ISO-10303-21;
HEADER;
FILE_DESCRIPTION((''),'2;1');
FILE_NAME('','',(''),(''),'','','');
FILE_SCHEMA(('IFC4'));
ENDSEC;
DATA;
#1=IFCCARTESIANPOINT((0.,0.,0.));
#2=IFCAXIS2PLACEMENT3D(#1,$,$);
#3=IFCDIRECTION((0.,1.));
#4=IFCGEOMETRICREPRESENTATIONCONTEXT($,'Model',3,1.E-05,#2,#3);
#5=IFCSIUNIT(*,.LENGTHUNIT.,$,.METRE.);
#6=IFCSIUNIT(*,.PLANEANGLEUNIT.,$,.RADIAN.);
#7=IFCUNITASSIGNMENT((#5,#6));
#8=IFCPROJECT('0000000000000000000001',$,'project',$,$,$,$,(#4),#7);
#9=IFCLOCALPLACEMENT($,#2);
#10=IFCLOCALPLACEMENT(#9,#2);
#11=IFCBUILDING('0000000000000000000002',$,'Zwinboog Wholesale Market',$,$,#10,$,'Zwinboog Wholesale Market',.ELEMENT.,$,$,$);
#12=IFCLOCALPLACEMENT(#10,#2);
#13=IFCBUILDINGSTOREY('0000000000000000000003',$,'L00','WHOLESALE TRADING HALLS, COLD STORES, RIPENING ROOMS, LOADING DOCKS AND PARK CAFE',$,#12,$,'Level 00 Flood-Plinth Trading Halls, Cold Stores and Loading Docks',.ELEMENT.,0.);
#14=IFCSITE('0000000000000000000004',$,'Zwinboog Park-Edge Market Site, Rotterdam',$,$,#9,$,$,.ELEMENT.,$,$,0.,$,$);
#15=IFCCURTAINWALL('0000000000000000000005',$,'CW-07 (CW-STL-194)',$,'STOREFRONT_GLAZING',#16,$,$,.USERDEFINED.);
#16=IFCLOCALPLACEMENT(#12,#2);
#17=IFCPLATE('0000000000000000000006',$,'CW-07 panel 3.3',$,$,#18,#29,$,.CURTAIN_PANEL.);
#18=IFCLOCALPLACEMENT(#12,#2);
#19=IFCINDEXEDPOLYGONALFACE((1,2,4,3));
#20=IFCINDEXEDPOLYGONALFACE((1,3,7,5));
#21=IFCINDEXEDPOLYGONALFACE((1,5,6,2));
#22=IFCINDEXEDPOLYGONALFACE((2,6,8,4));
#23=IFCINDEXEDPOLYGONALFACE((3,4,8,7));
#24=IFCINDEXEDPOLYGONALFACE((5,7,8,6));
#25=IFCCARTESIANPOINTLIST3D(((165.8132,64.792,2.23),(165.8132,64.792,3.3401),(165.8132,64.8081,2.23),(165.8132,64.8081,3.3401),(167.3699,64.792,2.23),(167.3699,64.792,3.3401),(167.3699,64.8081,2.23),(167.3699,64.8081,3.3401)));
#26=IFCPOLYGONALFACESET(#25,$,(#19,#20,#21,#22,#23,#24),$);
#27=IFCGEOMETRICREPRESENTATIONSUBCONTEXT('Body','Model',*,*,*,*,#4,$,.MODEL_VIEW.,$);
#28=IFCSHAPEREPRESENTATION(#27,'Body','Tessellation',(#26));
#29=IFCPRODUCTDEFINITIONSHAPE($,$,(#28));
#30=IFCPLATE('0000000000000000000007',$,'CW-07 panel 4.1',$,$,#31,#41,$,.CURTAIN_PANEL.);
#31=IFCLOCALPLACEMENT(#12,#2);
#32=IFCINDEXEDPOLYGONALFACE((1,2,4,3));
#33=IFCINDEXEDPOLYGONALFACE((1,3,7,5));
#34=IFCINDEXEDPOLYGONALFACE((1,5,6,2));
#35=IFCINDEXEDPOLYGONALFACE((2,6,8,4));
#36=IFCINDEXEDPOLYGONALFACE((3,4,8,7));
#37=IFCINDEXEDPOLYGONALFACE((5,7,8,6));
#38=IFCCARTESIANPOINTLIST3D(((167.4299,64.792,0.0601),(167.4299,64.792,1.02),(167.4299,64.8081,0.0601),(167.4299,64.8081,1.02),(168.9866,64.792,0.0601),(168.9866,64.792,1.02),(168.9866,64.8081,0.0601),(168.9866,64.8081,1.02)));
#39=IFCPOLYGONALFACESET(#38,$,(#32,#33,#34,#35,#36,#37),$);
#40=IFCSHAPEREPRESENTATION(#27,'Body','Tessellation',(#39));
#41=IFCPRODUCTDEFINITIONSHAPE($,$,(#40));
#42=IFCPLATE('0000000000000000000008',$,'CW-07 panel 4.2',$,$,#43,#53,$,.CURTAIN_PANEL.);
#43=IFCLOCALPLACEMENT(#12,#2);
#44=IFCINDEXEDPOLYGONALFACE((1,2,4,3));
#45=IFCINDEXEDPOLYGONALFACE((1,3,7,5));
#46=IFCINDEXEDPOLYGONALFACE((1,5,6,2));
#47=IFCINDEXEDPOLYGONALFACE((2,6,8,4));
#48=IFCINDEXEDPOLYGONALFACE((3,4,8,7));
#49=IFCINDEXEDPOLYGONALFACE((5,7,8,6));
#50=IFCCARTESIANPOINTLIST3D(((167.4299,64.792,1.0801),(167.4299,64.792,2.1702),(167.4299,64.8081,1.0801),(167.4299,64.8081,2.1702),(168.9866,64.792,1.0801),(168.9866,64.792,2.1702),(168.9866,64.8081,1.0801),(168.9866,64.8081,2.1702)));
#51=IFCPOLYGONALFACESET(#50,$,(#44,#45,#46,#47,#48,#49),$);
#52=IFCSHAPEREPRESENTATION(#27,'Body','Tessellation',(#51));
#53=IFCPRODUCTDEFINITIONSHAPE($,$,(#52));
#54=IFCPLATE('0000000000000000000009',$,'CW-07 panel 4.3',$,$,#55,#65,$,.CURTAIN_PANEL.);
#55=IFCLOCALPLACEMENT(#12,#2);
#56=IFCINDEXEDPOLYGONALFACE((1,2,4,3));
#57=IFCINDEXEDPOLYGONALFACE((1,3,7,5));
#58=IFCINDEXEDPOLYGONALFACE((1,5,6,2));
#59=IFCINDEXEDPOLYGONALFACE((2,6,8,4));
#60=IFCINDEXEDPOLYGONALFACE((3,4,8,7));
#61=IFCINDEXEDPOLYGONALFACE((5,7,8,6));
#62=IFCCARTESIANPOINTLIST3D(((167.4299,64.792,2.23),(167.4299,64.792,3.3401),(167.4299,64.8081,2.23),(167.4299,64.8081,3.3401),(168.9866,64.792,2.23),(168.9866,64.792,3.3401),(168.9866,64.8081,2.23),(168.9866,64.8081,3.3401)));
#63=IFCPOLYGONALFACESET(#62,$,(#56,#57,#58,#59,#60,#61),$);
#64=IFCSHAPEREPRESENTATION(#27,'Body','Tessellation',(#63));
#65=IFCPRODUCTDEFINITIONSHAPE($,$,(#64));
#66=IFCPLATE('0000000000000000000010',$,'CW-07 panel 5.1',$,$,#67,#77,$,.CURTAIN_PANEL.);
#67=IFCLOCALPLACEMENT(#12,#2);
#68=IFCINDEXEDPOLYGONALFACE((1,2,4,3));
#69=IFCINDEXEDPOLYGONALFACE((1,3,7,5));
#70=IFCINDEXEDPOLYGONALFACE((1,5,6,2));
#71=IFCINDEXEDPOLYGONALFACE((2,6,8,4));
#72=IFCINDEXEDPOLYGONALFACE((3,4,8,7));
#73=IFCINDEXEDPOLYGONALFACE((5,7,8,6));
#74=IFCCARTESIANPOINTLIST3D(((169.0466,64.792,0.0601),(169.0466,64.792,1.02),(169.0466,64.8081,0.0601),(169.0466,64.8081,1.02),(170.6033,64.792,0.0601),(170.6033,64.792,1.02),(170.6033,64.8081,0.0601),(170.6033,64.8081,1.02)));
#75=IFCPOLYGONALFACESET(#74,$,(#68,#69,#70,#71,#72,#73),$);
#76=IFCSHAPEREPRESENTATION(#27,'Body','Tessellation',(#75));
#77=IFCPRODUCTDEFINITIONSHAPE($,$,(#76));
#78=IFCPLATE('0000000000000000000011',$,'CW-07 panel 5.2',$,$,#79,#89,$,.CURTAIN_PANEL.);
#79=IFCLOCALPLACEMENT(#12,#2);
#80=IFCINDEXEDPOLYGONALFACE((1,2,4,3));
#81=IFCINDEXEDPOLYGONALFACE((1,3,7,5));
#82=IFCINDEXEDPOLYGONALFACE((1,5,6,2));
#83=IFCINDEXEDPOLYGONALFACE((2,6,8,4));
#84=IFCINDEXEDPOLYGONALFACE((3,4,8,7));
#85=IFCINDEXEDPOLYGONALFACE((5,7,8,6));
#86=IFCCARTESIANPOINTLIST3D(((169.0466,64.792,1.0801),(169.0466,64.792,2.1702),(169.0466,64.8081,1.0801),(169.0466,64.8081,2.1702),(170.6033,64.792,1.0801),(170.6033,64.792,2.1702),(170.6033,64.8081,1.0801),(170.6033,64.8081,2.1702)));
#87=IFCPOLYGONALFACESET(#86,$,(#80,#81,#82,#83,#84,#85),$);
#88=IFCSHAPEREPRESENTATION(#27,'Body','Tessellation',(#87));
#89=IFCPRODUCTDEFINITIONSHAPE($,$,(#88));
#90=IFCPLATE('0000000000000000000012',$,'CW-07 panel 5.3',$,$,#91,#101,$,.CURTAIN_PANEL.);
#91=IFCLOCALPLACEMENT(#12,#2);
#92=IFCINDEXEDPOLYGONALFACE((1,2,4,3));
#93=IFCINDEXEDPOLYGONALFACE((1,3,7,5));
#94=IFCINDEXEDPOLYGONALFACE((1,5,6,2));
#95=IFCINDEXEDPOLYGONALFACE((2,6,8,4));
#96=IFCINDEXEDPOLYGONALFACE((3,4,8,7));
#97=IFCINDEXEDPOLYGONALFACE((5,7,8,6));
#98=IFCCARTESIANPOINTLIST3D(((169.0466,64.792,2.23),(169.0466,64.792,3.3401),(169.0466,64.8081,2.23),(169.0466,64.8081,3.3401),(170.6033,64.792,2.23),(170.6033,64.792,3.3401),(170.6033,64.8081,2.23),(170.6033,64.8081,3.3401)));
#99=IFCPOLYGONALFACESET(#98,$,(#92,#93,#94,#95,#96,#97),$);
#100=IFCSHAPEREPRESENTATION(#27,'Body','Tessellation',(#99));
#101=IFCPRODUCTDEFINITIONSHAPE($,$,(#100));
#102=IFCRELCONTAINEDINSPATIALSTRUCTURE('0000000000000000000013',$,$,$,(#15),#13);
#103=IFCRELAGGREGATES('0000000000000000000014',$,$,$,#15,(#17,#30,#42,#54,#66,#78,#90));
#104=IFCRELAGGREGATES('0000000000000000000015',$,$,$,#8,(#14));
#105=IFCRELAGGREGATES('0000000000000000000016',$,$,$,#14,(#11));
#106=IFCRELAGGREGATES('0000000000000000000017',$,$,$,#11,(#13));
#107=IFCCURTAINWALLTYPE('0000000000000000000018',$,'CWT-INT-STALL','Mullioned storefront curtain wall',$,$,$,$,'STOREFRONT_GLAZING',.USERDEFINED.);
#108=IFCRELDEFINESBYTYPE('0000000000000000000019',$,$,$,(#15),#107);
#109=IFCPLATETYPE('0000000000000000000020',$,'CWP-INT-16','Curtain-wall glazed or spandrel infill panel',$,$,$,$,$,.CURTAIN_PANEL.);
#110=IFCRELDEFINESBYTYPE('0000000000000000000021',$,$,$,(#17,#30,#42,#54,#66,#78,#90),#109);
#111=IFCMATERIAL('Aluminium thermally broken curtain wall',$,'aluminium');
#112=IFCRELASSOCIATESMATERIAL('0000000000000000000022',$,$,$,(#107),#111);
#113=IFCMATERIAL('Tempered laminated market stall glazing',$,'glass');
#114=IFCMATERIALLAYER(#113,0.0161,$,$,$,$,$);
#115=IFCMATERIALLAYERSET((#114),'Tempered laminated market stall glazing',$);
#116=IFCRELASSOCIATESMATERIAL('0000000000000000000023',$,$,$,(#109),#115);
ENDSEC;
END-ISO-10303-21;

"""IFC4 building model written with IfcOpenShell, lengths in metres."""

from ifc_helpers import new_model, si_unit, direction, frame, origin, origin_2d, place, context, subcontext, project, spatial, rectangle, extrude, material, layer, layer_set, type_object, element, aggregate, save


model = new_model("IFC4")

# Units and contexts
model_context = context("Model", 3, precision=1e-05, world=origin(), true_north=direction((0.0, 1.0)))
body_context = subcontext(model_context, "Body", "Model", "MODEL_VIEW")
ifc_project = project(units=[si_unit("LENGTHUNIT", "METRE"), si_unit("PLANEANGLEUNIT", "RADIAN")], contexts=[model_context])

# Site, building, storey
site_placement = place(None, origin())
site = spatial("IfcSite", under=ifc_project, at=site_placement, Name="Zwinboog Park-Edge Market Site, Rotterdam", CompositionType="ELEMENT", RefElevation=0.0)
building_placement = place(site_placement, origin())
building = spatial("IfcBuilding", under=site, at=building_placement, Name="Zwinboog Wholesale Market", LongName="Zwinboog Wholesale Market", CompositionType="ELEMENT")
storey_placement = place(building_placement, origin())
storey = spatial("IfcBuildingStorey", under=building, at=storey_placement, Name="L00", Description="WHOLESALE TRADING HALLS, COLD STORES, RIPENING ROOMS, LOADING DOCKS AND PARK CAFE", LongName="Level 00 Flood-Plinth Trading Halls, Cold Stores and Loading Docks", CompositionType="ELEMENT", Elevation=0.0)

# Curtain wall, plates
ifc_material_1 = material(Name="Aluminium thermally broken curtain wall", Category="aluminium")
curtain_wall_type = type_object("IfcCurtainWallType", Name="CWT-INT-STALL", Description="Mullioned storefront curtain wall", ElementType="STOREFRONT_GLAZING", PredefinedType="USERDEFINED", material=ifc_material_1)
curtain_wall_placement = place(storey_placement, origin())
curtain_wall = element("IfcCurtainWall", 1, at=curtain_wall_placement, inside=storey, type_object=curtain_wall_type, Name="CW-07 (CW-STL-194)", ObjectType="STOREFRONT_GLAZING", PredefinedType="USERDEFINED")
ifc_material_2 = material(Name="Tempered laminated market stall glazing", Category="glass")
ifc_layer = layer(ifc_material_2, 0.0161)
ifc_layer_set = layer_set([ifc_layer], Name="Tempered laminated market stall glazing")
plate_type = type_object("IfcPlateType", Name="CWP-INT-16", Description="Curtain-wall glazed or spandrel infill panel", PredefinedType="CURTAIN_PANEL", material=ifc_layer_set)
plate_1_placement = place(storey_placement, frame((166.5916, 64.8, 2.23), z_axis=(0.0, 0.0, 1.0), x_axis=(1.0, 0.0, 0.0)))
plate_1 = element("IfcPlate", 2, at=plate_1_placement, type_object=plate_type, Name="CW-07 panel 3.3", PredefinedType="CURTAIN_PANEL", context=body_context, shape_type="SweptSolid", body=[
    extrude(rectangle(XDim=1.5566, YDim=0.0161, at=origin_2d()), origin(), (0.0, 0.0, 1.0), 1.1101),
])
plate_2_placement = place(storey_placement, frame((168.2083, 64.8, 0.0601), z_axis=(0.0, 0.0, 1.0), x_axis=(1.0, 0.0, 0.0)))
plate_2 = element("IfcPlate", 3, at=plate_2_placement, type_object=plate_type, Name="CW-07 panel 4.1", PredefinedType="CURTAIN_PANEL", context=body_context, shape_type="SweptSolid", body=[
    extrude(rectangle(XDim=1.5566, YDim=0.0161, at=origin_2d()), origin(), (0.0, 0.0, 1.0), 0.96),
])
plate_3_placement = place(storey_placement, frame((168.2083, 64.8, 1.0801), z_axis=(0.0, 0.0, 1.0), x_axis=(1.0, 0.0, 0.0)))
plate_3 = element("IfcPlate", 4, at=plate_3_placement, type_object=plate_type, Name="CW-07 panel 4.2", PredefinedType="CURTAIN_PANEL", context=body_context, shape_type="SweptSolid", body=[
    extrude(rectangle(XDim=1.5566, YDim=0.0161, at=origin_2d()), origin(), (0.0, 0.0, 1.0), 1.0901),
])
plate_4_placement = place(storey_placement, frame((168.2083, 64.8, 2.23), z_axis=(0.0, 0.0, 1.0), x_axis=(1.0, 0.0, 0.0)))
plate_4 = element("IfcPlate", 5, at=plate_4_placement, type_object=plate_type, Name="CW-07 panel 4.3", PredefinedType="CURTAIN_PANEL", context=body_context, shape_type="SweptSolid", body=[
    extrude(rectangle(XDim=1.5566, YDim=0.0161, at=origin_2d()), origin(), (0.0, 0.0, 1.0), 1.1101),
])
plate_5_placement = place(storey_placement, frame((169.825, 64.8, 0.0601), z_axis=(0.0, 0.0, 1.0), x_axis=(1.0, 0.0, 0.0)))
plate_5 = element("IfcPlate", 6, at=plate_5_placement, type_object=plate_type, Name="CW-07 panel 5.1", PredefinedType="CURTAIN_PANEL", context=body_context, shape_type="SweptSolid", body=[
    extrude(rectangle(XDim=1.5566, YDim=0.0161, at=origin_2d()), origin(), (0.0, 0.0, 1.0), 0.96),
])
plate_6_placement = place(storey_placement, frame((169.825, 64.8, 1.0801), z_axis=(0.0, 0.0, 1.0), x_axis=(1.0, 0.0, 0.0)))
plate_6 = element("IfcPlate", 7, at=plate_6_placement, type_object=plate_type, Name="CW-07 panel 5.2", PredefinedType="CURTAIN_PANEL", context=body_context, shape_type="SweptSolid", body=[
    extrude(rectangle(XDim=1.5566, YDim=0.0161, at=origin_2d()), origin(), (0.0, 0.0, 1.0), 1.0901),
])
plate_7_placement = place(storey_placement, frame((169.825, 64.8, 2.23), z_axis=(0.0, 0.0, 1.0), x_axis=(1.0, 0.0, 0.0)))
plate_7 = element("IfcPlate", 8, at=plate_7_placement, type_object=plate_type, Name="CW-07 panel 5.3", PredefinedType="CURTAIN_PANEL", context=body_context, shape_type="SweptSolid", body=[
    extrude(rectangle(XDim=1.5566, YDim=0.0161, at=origin_2d()), origin(), (0.0, 0.0, 1.0), 1.1101),
])
aggregate(curtain_wall, [plate_1, plate_2, plate_3, plate_4, plate_5, plate_6, plate_7])

save(model, "model.ifc")
